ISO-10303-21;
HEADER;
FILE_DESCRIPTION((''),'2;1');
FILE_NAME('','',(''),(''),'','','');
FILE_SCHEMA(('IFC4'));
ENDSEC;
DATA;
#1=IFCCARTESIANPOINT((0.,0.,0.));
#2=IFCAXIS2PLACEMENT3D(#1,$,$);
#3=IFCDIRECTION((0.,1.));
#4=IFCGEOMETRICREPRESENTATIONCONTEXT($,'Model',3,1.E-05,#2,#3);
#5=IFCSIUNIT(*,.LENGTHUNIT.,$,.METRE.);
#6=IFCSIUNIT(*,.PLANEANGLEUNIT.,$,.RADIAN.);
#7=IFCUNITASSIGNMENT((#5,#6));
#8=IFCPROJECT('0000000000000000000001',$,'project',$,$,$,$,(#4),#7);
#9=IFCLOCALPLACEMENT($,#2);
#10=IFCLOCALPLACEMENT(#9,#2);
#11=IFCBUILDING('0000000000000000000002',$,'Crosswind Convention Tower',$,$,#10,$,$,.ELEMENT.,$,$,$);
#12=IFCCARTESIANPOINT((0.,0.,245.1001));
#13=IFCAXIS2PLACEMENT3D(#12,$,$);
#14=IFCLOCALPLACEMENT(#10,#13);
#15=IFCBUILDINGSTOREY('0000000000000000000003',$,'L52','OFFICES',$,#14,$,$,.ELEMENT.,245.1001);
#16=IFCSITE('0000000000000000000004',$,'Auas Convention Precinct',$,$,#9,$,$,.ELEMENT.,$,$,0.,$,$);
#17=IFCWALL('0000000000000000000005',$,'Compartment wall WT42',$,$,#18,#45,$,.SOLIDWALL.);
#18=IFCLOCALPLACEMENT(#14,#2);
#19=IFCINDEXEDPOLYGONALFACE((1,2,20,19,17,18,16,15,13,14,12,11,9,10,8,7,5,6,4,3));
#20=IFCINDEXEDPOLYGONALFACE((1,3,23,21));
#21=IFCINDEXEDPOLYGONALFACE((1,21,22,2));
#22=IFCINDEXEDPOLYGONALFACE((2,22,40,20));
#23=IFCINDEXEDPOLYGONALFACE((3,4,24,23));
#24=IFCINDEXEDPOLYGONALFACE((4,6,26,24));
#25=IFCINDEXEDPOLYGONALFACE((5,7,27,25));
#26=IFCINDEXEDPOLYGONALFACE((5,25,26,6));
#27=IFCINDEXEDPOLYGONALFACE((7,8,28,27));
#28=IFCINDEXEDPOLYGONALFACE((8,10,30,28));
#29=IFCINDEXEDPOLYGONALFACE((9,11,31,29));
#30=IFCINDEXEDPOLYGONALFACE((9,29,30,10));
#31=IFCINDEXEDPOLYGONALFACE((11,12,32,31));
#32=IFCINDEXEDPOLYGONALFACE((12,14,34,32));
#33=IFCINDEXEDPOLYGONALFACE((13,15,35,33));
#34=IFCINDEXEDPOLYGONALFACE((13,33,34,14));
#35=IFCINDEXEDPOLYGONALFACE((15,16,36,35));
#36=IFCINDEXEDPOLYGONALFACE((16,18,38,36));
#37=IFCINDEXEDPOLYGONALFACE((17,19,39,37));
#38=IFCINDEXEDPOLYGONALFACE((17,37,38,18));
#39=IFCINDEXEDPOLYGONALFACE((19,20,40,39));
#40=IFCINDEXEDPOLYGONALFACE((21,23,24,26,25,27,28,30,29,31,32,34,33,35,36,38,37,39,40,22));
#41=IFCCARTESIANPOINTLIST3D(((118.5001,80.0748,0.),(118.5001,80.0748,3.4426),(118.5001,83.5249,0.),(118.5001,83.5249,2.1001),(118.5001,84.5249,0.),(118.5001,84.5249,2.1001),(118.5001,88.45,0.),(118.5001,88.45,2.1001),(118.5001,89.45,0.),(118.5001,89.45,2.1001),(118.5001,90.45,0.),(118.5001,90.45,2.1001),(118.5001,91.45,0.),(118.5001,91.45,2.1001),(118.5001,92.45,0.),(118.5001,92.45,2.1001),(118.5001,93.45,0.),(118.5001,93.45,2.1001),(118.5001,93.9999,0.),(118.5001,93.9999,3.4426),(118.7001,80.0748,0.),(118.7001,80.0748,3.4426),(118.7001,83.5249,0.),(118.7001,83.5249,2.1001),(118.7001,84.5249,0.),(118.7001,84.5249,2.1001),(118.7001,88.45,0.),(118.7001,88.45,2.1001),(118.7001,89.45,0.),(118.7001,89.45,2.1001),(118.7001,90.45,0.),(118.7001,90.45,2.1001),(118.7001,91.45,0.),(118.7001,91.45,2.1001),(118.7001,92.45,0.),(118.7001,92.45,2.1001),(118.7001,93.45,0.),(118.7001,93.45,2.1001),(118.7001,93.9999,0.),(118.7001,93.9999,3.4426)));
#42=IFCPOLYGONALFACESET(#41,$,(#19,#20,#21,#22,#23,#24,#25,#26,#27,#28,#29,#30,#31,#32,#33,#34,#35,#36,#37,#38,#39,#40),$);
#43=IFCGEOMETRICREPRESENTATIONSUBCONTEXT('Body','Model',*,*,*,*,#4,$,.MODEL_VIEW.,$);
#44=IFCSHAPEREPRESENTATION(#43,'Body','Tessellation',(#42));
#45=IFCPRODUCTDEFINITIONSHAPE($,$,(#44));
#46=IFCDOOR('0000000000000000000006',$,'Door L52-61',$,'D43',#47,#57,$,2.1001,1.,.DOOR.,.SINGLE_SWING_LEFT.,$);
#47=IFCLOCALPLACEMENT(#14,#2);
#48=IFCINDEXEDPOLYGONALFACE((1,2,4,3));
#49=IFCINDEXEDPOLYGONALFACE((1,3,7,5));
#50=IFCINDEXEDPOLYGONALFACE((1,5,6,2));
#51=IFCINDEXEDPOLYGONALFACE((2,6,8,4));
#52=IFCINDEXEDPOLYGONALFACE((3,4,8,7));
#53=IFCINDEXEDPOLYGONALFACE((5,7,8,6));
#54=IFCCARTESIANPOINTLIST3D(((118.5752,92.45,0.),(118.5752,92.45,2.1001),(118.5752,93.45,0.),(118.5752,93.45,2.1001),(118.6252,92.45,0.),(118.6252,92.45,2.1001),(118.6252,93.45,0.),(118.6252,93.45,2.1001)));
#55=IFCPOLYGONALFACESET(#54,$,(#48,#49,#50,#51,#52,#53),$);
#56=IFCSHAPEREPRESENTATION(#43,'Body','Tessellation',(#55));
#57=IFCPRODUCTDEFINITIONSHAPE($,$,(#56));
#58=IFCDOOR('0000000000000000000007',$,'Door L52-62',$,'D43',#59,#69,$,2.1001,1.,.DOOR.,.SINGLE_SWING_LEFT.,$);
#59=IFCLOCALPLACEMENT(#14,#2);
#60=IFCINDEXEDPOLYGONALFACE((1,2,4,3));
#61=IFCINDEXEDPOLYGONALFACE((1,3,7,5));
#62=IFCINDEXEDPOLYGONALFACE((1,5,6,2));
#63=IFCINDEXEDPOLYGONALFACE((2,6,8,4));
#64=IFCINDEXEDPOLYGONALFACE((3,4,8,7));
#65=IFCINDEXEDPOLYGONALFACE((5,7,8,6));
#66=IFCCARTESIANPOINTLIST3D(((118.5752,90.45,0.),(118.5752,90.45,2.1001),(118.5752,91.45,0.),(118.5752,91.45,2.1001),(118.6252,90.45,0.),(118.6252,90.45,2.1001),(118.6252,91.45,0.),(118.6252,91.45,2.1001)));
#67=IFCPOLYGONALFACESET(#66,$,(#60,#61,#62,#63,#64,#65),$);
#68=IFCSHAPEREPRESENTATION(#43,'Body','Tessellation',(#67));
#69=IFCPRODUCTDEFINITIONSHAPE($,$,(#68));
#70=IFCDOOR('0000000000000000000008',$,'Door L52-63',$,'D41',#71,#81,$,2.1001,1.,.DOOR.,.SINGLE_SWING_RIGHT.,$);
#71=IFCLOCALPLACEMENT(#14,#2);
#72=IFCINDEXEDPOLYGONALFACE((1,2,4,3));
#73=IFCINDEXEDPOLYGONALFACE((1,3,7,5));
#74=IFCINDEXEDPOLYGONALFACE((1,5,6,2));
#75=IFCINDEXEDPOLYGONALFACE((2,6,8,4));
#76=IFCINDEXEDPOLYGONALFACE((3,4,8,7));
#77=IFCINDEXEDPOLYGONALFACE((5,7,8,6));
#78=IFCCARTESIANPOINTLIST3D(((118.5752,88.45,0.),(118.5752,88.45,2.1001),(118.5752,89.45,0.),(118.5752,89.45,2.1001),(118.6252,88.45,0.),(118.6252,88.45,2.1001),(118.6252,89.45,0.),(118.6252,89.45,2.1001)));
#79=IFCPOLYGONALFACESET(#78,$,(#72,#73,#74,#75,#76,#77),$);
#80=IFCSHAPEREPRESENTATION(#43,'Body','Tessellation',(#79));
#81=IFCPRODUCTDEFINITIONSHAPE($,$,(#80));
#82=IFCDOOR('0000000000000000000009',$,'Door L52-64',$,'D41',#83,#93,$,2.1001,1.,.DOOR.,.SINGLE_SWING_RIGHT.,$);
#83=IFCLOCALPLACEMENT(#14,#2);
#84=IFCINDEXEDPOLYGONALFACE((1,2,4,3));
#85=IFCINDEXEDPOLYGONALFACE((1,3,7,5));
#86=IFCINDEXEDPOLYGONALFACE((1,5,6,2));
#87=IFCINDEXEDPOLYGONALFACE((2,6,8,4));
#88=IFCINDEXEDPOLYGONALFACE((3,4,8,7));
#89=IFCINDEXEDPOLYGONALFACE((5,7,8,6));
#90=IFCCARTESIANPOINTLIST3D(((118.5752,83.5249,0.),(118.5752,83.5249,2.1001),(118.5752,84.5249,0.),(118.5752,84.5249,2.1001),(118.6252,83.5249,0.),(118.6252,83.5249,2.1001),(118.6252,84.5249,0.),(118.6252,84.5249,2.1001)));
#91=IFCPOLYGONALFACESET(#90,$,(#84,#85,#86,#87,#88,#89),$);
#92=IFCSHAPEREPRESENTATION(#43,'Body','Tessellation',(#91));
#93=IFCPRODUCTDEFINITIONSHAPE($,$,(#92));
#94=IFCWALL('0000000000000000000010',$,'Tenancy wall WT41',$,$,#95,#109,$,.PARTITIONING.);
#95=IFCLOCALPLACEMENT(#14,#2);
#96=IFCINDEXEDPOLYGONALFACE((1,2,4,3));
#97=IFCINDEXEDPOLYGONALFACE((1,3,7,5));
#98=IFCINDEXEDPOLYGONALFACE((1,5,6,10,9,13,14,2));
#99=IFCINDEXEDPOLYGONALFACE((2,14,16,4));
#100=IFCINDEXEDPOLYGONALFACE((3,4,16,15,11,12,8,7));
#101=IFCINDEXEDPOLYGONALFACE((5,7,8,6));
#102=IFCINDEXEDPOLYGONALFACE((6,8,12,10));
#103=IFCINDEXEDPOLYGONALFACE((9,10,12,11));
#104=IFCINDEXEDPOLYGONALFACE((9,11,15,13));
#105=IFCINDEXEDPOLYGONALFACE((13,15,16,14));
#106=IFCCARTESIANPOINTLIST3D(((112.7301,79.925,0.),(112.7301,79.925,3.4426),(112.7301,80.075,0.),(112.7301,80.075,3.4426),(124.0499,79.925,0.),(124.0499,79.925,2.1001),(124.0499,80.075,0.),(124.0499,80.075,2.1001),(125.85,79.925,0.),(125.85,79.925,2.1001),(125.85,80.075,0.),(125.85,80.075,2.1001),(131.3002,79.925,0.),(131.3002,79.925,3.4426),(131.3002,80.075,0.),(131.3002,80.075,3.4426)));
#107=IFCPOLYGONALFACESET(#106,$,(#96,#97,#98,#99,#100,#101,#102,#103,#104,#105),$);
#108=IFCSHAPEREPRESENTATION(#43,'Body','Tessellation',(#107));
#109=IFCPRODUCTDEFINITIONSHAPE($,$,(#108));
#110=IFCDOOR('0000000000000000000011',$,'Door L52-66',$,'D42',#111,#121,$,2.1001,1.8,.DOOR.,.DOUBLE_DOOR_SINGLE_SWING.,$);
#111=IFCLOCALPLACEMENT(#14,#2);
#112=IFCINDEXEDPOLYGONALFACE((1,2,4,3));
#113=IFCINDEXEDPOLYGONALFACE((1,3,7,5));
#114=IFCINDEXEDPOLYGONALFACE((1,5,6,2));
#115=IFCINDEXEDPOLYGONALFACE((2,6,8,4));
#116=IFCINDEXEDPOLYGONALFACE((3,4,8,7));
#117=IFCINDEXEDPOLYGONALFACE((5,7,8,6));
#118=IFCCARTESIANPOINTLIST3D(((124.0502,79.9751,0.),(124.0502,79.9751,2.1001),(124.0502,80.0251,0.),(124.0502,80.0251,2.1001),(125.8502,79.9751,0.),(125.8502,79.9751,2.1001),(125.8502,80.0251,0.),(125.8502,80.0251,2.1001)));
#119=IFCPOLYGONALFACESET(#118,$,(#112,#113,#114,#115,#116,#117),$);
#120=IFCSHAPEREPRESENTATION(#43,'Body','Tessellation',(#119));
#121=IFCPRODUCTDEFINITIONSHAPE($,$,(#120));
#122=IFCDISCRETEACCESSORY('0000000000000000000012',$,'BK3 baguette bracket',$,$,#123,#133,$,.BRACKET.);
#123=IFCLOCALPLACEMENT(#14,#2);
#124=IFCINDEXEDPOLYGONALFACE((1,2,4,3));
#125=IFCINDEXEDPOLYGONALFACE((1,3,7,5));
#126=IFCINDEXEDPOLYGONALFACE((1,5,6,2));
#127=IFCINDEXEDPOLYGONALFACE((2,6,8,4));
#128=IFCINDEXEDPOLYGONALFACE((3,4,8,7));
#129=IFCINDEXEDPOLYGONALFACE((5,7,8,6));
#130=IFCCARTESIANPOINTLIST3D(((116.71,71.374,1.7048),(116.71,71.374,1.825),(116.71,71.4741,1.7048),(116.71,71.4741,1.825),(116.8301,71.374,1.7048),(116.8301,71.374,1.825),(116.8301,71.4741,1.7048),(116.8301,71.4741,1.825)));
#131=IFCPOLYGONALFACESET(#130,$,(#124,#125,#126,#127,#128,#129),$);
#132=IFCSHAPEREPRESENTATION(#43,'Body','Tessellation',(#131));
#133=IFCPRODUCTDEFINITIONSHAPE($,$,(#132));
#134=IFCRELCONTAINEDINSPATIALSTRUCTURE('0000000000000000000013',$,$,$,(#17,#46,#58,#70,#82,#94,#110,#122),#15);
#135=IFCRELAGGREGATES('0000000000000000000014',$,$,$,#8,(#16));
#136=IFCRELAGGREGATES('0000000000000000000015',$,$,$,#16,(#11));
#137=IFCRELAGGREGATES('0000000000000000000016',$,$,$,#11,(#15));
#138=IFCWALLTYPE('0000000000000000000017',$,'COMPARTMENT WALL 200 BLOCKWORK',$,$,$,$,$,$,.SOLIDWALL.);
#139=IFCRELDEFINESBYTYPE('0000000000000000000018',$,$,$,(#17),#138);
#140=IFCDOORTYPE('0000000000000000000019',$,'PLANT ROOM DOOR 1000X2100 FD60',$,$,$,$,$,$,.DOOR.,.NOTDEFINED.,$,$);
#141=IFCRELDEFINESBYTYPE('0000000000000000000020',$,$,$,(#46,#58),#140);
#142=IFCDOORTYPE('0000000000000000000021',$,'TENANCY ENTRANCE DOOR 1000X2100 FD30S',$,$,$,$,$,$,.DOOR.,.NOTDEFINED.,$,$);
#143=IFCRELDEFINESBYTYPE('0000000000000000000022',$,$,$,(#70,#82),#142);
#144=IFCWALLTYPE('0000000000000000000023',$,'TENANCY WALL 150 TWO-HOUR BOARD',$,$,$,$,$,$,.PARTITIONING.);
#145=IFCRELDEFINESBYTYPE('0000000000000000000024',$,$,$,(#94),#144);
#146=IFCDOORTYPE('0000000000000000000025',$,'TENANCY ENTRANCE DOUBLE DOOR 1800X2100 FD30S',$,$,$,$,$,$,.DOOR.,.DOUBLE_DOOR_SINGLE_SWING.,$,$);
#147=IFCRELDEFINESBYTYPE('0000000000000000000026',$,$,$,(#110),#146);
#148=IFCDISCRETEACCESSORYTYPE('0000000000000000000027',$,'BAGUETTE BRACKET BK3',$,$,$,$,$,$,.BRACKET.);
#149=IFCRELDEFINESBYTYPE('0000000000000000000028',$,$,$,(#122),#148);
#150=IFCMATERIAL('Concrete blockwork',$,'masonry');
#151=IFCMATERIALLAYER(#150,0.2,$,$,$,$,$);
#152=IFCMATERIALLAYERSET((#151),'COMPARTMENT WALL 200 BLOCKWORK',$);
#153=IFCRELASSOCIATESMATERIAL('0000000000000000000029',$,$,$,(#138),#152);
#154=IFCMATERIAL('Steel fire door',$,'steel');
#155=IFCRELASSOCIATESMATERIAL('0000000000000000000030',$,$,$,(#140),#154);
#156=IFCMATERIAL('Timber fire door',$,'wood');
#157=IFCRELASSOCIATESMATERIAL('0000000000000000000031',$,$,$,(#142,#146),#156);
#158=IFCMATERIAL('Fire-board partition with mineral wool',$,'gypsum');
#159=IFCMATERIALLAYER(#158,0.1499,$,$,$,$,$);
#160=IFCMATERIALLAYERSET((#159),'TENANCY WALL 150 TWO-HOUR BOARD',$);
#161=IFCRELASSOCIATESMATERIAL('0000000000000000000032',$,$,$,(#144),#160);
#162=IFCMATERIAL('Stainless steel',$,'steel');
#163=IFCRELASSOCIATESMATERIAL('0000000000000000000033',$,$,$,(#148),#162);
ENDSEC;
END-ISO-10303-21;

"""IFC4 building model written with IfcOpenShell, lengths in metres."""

from ifc_helpers import new_model, si_unit, direction, frame, frame_2d, origin, origin_2d, place, context, subcontext, project, spatial, rectangle, extrude, material, layer, layer_set, type_object, element, fill, save


model = new_model("IFC4")

# Units and contexts
model_context = context("Model", 3, precision=1e-05, world=origin(), true_north=direction((0.0, 1.0)))
body_context = subcontext(model_context, "Body", "Model", "MODEL_VIEW")
ifc_project = project(units=[si_unit("LENGTHUNIT", "METRE"), si_unit("PLANEANGLEUNIT", "RADIAN")], contexts=[model_context])

# Site, building, storey
site_placement = place(None, origin())
site = spatial("IfcSite", under=ifc_project, at=site_placement, Name="Auas Convention Precinct", CompositionType="ELEMENT", RefElevation=0.0)
building_placement = place(site_placement, origin())
building = spatial("IfcBuilding", under=site, at=building_placement, Name="Crosswind Convention Tower", CompositionType="ELEMENT")
storey_placement = place(building_placement, frame((0.0, 0.0, 245.1001)))
storey = spatial("IfcBuildingStorey", under=building, at=storey_placement, Name="L52", Description="OFFICES", CompositionType="ELEMENT", Elevation=245.1001)

# Wall, openings, doors
ifc_material_1 = material(Name="Concrete blockwork", Category="masonry")
ifc_layer_1 = layer(ifc_material_1, 0.2)
ifc_layer_set_1 = layer_set([ifc_layer_1], Name="COMPARTMENT WALL 200 BLOCKWORK")
wall_type_1 = type_object("IfcWallType", Name="COMPARTMENT WALL 200 BLOCKWORK", PredefinedType="SOLIDWALL", material=ifc_layer_set_1)
wall_1_placement = place(storey_placement, frame((118.6001, 80.075, 0.0), z_axis=(0.0, 0.0, 1.0), x_axis=(0.0, 1.0, 0.0)))
wall_1 = element("IfcWall", 1, at=wall_1_placement, inside=storey, type_object=wall_type_1, Name="Compartment wall WT42", PredefinedType="SOLIDWALL", context=body_context, shape_type="SweptSolid", body=[
    extrude(rectangle(XDim=13.925, YDim=0.2, at=frame_2d((6.9624, 0.0))), origin(), (0.0, 0.0, 1.0), 3.4426),
])
opening_1_placement = place(wall_1_placement, frame((12.375, 0.0, 0.0)))
opening_1 = element("IfcOpeningElement", 2, at=opening_1_placement, cuts=wall_1, PredefinedType="OPENING", context=body_context, shape_type="SweptSolid", body=[
    extrude(rectangle(XDim=1.0, YDim=2.1001, at=frame_2d((0.5, 1.05))), frame((0.0, 0.1099, 0.0), z_axis=(0.0, -1.0, 0.0), x_axis=(1.0, 0.0, 0.0)), (0.0, 0.0, 1.0), 0.22),
])
opening_2_placement = place(wall_1_placement, frame((10.375, 0.0, 0.0)))
opening_2 = element("IfcOpeningElement", 3, at=opening_2_placement, cuts=wall_1, PredefinedType="OPENING", context=body_context, shape_type="SweptSolid", body=[
    extrude(rectangle(XDim=1.0, YDim=2.1001, at=frame_2d((0.5, 1.05))), frame((0.0, 0.1099, 0.0), z_axis=(0.0, -1.0, 0.0), x_axis=(1.0, 0.0, 0.0)), (0.0, 0.0, 1.0), 0.22),
])
opening_3_placement = place(wall_1_placement, frame((8.375, 0.0, 0.0)))
opening_3 = element("IfcOpeningElement", 4, at=opening_3_placement, cuts=wall_1, PredefinedType="OPENING", context=body_context, shape_type="SweptSolid", body=[
    extrude(rectangle(XDim=1.0, YDim=2.1001, at=frame_2d((0.5, 1.05))), frame((0.0, 0.1099, 0.0), z_axis=(0.0, -1.0, 0.0), x_axis=(1.0, 0.0, 0.0)), (0.0, 0.0, 1.0), 0.22),
])
opening_4_placement = place(wall_1_placement, frame((3.45, 0.0, 0.0)))
opening_4 = element("IfcOpeningElement", 5, at=opening_4_placement, cuts=wall_1, PredefinedType="OPENING", context=body_context, shape_type="SweptSolid", body=[
    extrude(rectangle(XDim=1.0, YDim=2.1001, at=frame_2d((0.5, 1.05))), frame((0.0, 0.1099, 0.0), z_axis=(0.0, -1.0, 0.0), x_axis=(1.0, 0.0, 0.0)), (0.0, 0.0, 1.0), 0.22),
])
ifc_material_2 = material(Name="Steel fire door", Category="steel")
door_type_1 = type_object("IfcDoorType", Name="PLANT ROOM DOOR 1000X2100 FD60", OperationType="NOTDEFINED", PredefinedType="DOOR", material=ifc_material_2)
door_1_placement = place(opening_1_placement, origin())
door_1 = element("IfcDoor", 6, at=door_1_placement, inside=storey, type_object=door_type_1, Name="Door L52-61", ObjectType="D43", OperationType="SINGLE_SWING_LEFT", OverallHeight=2.1001, OverallWidth=1.0, PredefinedType="DOOR", context=body_context, shape_type="SweptSolid", body=[
    extrude(rectangle(XDim=1.0, YDim=2.1001, at=frame_2d((0.5, 1.05))), frame((0.0, 0.0249, 0.0), z_axis=(0.0, -1.0, 0.0), x_axis=(1.0, 0.0, 0.0)), (0.0, 0.0, 1.0), 0.05),
])
fill(opening_1, door_1)
door_2_placement = place(opening_2_placement, origin())
door_2 = element("IfcDoor", 7, at=door_2_placement, inside=storey, type_object=door_type_1, Name="Door L52-62", ObjectType="D43", OperationType="SINGLE_SWING_LEFT", OverallHeight=2.1001, OverallWidth=1.0, PredefinedType="DOOR", context=body_context, shape_type="SweptSolid", body=[
    extrude(rectangle(XDim=1.0, YDim=2.1001, at=frame_2d((0.5, 1.05))), frame((0.0, 0.0249, 0.0), z_axis=(0.0, -1.0, 0.0), x_axis=(1.0, 0.0, 0.0)), (0.0, 0.0, 1.0), 0.05),
])
fill(opening_2, door_2)
ifc_material_3 = material(Name="Timber fire door", Category="wood")
door_type_2 = type_object("IfcDoorType", Name="TENANCY ENTRANCE DOOR 1000X2100 FD30S", OperationType="NOTDEFINED", PredefinedType="DOOR", material=ifc_material_3)
door_3_placement = place(opening_3_placement, origin())
door_3 = element("IfcDoor", 8, at=door_3_placement, inside=storey, type_object=door_type_2, Name="Door L52-63", ObjectType="D41", OperationType="SINGLE_SWING_RIGHT", OverallHeight=2.1001, OverallWidth=1.0, PredefinedType="DOOR", context=body_context, shape_type="SweptSolid", body=[
    extrude(rectangle(XDim=1.0, YDim=2.1001, at=frame_2d((0.5, 1.05))), frame((0.0, 0.0249, 0.0), z_axis=(0.0, -1.0, 0.0), x_axis=(1.0, 0.0, 0.0)), (0.0, 0.0, 1.0), 0.05),
])
fill(opening_3, door_3)
door_4_placement = place(opening_4_placement, origin())
door_4 = element("IfcDoor", 9, at=door_4_placement, inside=storey, type_object=door_type_2, Name="Door L52-64", ObjectType="D41", OperationType="SINGLE_SWING_RIGHT", OverallHeight=2.1001, OverallWidth=1.0, PredefinedType="DOOR", context=body_context, shape_type="SweptSolid", body=[
    extrude(rectangle(XDim=1.0, YDim=2.1001, at=frame_2d((0.5, 1.05))), frame((0.0, 0.0249, 0.0), z_axis=(0.0, -1.0, 0.0), x_axis=(1.0, 0.0, 0.0)), (0.0, 0.0, 1.0), 0.05),
])
fill(opening_4, door_4)

# Wall, opening, door
ifc_material_4 = material(Name="Fire-board partition with mineral wool", Category="gypsum")
ifc_layer_2 = layer(ifc_material_4, 0.1499)
ifc_layer_set_2 = layer_set([ifc_layer_2], Name="TENANCY WALL 150 TWO-HOUR BOARD")
wall_type_2 = type_object("IfcWallType", Name="TENANCY WALL 150 TWO-HOUR BOARD", PredefinedType="PARTITIONING", material=ifc_layer_set_2)
wall_2_placement = place(storey_placement, frame((112.73, 80.0, 0.0), z_axis=(0.0, 0.0, 1.0), x_axis=(1.0, 0.0, 0.0)))
wall_2 = element("IfcWall", 10, at=wall_2_placement, inside=storey, type_object=wall_type_2, Name="Tenancy wall WT41", PredefinedType="PARTITIONING", context=body_context, shape_type="SweptSolid", body=[
    extrude(rectangle(XDim=18.5701, YDim=0.1499, at=frame_2d((9.2852, 0.0))), origin(), (0.0, 0.0, 1.0), 3.4426),
])
opening_5_placement = place(wall_2_placement, frame((11.3201, 0.0, 0.0)))
opening_5 = element("IfcOpeningElement", 11, at=opening_5_placement, cuts=wall_2, PredefinedType="OPENING", context=body_context, shape_type="SweptSolid", body=[
    extrude(rectangle(XDim=1.8, YDim=2.1001, at=frame_2d((0.8999, 1.05))), frame((0.0, 0.085, 0.0), z_axis=(0.0, -1.0, 0.0), x_axis=(1.0, 0.0, 0.0)), (0.0, 0.0, 1.0), 0.1699),
])
door_type_3 = type_object("IfcDoorType", Name="TENANCY ENTRANCE DOUBLE DOOR 1800X2100 FD30S", OperationType="DOUBLE_DOOR_SINGLE_SWING", PredefinedType="DOOR", material=ifc_material_3)
door_5_placement = place(opening_5_placement, frame((1.8, 0.0, 0.0), z_axis=(0.0, 0.0, 1.0), x_axis=(-1.0, 0.0, 0.0)))
door_5 = element("IfcDoor", 12, at=door_5_placement, inside=storey, type_object=door_type_3, Name="Door L52-66", ObjectType="D42", OperationType="DOUBLE_DOOR_SINGLE_SWING", OverallHeight=2.1001, OverallWidth=1.8, PredefinedType="DOOR", context=body_context, shape_type="SweptSolid", body=[
    extrude(rectangle(XDim=1.8, YDim=2.1001, at=frame_2d((0.8999, 1.05))), frame((0.0, 0.0249, 0.0), z_axis=(0.0, -1.0, 0.0), x_axis=(1.0, 0.0, 0.0)), (0.0, 0.0, 1.0), 0.05),
])
fill(opening_5, door_5)

# Discrete accessory
ifc_material_5 = material(Name="Stainless steel", Category="steel")
discrete_accessory_type = type_object("IfcDiscreteAccessoryType", Name="BAGUETTE BRACKET BK3", PredefinedType="BRACKET", material=ifc_material_5)
discrete_accessory_placement = place(storey_placement, frame((116.77, 71.4241, 1.7048), z_axis=(0.0, 0.0, 1.0), x_axis=(1.0, 0.0, 0.0)))
element("IfcDiscreteAccessory", 13, at=discrete_accessory_placement, inside=storey, type_object=discrete_accessory_type, Name="BK3 baguette bracket", PredefinedType="BRACKET", context=body_context, shape_type="SweptSolid", body=[
    extrude(rectangle(XDim=0.1201, YDim=0.1001, at=origin_2d()), origin(), (0.0, 0.0, 1.0), 0.1201),
])

save(model, "model.ifc")
